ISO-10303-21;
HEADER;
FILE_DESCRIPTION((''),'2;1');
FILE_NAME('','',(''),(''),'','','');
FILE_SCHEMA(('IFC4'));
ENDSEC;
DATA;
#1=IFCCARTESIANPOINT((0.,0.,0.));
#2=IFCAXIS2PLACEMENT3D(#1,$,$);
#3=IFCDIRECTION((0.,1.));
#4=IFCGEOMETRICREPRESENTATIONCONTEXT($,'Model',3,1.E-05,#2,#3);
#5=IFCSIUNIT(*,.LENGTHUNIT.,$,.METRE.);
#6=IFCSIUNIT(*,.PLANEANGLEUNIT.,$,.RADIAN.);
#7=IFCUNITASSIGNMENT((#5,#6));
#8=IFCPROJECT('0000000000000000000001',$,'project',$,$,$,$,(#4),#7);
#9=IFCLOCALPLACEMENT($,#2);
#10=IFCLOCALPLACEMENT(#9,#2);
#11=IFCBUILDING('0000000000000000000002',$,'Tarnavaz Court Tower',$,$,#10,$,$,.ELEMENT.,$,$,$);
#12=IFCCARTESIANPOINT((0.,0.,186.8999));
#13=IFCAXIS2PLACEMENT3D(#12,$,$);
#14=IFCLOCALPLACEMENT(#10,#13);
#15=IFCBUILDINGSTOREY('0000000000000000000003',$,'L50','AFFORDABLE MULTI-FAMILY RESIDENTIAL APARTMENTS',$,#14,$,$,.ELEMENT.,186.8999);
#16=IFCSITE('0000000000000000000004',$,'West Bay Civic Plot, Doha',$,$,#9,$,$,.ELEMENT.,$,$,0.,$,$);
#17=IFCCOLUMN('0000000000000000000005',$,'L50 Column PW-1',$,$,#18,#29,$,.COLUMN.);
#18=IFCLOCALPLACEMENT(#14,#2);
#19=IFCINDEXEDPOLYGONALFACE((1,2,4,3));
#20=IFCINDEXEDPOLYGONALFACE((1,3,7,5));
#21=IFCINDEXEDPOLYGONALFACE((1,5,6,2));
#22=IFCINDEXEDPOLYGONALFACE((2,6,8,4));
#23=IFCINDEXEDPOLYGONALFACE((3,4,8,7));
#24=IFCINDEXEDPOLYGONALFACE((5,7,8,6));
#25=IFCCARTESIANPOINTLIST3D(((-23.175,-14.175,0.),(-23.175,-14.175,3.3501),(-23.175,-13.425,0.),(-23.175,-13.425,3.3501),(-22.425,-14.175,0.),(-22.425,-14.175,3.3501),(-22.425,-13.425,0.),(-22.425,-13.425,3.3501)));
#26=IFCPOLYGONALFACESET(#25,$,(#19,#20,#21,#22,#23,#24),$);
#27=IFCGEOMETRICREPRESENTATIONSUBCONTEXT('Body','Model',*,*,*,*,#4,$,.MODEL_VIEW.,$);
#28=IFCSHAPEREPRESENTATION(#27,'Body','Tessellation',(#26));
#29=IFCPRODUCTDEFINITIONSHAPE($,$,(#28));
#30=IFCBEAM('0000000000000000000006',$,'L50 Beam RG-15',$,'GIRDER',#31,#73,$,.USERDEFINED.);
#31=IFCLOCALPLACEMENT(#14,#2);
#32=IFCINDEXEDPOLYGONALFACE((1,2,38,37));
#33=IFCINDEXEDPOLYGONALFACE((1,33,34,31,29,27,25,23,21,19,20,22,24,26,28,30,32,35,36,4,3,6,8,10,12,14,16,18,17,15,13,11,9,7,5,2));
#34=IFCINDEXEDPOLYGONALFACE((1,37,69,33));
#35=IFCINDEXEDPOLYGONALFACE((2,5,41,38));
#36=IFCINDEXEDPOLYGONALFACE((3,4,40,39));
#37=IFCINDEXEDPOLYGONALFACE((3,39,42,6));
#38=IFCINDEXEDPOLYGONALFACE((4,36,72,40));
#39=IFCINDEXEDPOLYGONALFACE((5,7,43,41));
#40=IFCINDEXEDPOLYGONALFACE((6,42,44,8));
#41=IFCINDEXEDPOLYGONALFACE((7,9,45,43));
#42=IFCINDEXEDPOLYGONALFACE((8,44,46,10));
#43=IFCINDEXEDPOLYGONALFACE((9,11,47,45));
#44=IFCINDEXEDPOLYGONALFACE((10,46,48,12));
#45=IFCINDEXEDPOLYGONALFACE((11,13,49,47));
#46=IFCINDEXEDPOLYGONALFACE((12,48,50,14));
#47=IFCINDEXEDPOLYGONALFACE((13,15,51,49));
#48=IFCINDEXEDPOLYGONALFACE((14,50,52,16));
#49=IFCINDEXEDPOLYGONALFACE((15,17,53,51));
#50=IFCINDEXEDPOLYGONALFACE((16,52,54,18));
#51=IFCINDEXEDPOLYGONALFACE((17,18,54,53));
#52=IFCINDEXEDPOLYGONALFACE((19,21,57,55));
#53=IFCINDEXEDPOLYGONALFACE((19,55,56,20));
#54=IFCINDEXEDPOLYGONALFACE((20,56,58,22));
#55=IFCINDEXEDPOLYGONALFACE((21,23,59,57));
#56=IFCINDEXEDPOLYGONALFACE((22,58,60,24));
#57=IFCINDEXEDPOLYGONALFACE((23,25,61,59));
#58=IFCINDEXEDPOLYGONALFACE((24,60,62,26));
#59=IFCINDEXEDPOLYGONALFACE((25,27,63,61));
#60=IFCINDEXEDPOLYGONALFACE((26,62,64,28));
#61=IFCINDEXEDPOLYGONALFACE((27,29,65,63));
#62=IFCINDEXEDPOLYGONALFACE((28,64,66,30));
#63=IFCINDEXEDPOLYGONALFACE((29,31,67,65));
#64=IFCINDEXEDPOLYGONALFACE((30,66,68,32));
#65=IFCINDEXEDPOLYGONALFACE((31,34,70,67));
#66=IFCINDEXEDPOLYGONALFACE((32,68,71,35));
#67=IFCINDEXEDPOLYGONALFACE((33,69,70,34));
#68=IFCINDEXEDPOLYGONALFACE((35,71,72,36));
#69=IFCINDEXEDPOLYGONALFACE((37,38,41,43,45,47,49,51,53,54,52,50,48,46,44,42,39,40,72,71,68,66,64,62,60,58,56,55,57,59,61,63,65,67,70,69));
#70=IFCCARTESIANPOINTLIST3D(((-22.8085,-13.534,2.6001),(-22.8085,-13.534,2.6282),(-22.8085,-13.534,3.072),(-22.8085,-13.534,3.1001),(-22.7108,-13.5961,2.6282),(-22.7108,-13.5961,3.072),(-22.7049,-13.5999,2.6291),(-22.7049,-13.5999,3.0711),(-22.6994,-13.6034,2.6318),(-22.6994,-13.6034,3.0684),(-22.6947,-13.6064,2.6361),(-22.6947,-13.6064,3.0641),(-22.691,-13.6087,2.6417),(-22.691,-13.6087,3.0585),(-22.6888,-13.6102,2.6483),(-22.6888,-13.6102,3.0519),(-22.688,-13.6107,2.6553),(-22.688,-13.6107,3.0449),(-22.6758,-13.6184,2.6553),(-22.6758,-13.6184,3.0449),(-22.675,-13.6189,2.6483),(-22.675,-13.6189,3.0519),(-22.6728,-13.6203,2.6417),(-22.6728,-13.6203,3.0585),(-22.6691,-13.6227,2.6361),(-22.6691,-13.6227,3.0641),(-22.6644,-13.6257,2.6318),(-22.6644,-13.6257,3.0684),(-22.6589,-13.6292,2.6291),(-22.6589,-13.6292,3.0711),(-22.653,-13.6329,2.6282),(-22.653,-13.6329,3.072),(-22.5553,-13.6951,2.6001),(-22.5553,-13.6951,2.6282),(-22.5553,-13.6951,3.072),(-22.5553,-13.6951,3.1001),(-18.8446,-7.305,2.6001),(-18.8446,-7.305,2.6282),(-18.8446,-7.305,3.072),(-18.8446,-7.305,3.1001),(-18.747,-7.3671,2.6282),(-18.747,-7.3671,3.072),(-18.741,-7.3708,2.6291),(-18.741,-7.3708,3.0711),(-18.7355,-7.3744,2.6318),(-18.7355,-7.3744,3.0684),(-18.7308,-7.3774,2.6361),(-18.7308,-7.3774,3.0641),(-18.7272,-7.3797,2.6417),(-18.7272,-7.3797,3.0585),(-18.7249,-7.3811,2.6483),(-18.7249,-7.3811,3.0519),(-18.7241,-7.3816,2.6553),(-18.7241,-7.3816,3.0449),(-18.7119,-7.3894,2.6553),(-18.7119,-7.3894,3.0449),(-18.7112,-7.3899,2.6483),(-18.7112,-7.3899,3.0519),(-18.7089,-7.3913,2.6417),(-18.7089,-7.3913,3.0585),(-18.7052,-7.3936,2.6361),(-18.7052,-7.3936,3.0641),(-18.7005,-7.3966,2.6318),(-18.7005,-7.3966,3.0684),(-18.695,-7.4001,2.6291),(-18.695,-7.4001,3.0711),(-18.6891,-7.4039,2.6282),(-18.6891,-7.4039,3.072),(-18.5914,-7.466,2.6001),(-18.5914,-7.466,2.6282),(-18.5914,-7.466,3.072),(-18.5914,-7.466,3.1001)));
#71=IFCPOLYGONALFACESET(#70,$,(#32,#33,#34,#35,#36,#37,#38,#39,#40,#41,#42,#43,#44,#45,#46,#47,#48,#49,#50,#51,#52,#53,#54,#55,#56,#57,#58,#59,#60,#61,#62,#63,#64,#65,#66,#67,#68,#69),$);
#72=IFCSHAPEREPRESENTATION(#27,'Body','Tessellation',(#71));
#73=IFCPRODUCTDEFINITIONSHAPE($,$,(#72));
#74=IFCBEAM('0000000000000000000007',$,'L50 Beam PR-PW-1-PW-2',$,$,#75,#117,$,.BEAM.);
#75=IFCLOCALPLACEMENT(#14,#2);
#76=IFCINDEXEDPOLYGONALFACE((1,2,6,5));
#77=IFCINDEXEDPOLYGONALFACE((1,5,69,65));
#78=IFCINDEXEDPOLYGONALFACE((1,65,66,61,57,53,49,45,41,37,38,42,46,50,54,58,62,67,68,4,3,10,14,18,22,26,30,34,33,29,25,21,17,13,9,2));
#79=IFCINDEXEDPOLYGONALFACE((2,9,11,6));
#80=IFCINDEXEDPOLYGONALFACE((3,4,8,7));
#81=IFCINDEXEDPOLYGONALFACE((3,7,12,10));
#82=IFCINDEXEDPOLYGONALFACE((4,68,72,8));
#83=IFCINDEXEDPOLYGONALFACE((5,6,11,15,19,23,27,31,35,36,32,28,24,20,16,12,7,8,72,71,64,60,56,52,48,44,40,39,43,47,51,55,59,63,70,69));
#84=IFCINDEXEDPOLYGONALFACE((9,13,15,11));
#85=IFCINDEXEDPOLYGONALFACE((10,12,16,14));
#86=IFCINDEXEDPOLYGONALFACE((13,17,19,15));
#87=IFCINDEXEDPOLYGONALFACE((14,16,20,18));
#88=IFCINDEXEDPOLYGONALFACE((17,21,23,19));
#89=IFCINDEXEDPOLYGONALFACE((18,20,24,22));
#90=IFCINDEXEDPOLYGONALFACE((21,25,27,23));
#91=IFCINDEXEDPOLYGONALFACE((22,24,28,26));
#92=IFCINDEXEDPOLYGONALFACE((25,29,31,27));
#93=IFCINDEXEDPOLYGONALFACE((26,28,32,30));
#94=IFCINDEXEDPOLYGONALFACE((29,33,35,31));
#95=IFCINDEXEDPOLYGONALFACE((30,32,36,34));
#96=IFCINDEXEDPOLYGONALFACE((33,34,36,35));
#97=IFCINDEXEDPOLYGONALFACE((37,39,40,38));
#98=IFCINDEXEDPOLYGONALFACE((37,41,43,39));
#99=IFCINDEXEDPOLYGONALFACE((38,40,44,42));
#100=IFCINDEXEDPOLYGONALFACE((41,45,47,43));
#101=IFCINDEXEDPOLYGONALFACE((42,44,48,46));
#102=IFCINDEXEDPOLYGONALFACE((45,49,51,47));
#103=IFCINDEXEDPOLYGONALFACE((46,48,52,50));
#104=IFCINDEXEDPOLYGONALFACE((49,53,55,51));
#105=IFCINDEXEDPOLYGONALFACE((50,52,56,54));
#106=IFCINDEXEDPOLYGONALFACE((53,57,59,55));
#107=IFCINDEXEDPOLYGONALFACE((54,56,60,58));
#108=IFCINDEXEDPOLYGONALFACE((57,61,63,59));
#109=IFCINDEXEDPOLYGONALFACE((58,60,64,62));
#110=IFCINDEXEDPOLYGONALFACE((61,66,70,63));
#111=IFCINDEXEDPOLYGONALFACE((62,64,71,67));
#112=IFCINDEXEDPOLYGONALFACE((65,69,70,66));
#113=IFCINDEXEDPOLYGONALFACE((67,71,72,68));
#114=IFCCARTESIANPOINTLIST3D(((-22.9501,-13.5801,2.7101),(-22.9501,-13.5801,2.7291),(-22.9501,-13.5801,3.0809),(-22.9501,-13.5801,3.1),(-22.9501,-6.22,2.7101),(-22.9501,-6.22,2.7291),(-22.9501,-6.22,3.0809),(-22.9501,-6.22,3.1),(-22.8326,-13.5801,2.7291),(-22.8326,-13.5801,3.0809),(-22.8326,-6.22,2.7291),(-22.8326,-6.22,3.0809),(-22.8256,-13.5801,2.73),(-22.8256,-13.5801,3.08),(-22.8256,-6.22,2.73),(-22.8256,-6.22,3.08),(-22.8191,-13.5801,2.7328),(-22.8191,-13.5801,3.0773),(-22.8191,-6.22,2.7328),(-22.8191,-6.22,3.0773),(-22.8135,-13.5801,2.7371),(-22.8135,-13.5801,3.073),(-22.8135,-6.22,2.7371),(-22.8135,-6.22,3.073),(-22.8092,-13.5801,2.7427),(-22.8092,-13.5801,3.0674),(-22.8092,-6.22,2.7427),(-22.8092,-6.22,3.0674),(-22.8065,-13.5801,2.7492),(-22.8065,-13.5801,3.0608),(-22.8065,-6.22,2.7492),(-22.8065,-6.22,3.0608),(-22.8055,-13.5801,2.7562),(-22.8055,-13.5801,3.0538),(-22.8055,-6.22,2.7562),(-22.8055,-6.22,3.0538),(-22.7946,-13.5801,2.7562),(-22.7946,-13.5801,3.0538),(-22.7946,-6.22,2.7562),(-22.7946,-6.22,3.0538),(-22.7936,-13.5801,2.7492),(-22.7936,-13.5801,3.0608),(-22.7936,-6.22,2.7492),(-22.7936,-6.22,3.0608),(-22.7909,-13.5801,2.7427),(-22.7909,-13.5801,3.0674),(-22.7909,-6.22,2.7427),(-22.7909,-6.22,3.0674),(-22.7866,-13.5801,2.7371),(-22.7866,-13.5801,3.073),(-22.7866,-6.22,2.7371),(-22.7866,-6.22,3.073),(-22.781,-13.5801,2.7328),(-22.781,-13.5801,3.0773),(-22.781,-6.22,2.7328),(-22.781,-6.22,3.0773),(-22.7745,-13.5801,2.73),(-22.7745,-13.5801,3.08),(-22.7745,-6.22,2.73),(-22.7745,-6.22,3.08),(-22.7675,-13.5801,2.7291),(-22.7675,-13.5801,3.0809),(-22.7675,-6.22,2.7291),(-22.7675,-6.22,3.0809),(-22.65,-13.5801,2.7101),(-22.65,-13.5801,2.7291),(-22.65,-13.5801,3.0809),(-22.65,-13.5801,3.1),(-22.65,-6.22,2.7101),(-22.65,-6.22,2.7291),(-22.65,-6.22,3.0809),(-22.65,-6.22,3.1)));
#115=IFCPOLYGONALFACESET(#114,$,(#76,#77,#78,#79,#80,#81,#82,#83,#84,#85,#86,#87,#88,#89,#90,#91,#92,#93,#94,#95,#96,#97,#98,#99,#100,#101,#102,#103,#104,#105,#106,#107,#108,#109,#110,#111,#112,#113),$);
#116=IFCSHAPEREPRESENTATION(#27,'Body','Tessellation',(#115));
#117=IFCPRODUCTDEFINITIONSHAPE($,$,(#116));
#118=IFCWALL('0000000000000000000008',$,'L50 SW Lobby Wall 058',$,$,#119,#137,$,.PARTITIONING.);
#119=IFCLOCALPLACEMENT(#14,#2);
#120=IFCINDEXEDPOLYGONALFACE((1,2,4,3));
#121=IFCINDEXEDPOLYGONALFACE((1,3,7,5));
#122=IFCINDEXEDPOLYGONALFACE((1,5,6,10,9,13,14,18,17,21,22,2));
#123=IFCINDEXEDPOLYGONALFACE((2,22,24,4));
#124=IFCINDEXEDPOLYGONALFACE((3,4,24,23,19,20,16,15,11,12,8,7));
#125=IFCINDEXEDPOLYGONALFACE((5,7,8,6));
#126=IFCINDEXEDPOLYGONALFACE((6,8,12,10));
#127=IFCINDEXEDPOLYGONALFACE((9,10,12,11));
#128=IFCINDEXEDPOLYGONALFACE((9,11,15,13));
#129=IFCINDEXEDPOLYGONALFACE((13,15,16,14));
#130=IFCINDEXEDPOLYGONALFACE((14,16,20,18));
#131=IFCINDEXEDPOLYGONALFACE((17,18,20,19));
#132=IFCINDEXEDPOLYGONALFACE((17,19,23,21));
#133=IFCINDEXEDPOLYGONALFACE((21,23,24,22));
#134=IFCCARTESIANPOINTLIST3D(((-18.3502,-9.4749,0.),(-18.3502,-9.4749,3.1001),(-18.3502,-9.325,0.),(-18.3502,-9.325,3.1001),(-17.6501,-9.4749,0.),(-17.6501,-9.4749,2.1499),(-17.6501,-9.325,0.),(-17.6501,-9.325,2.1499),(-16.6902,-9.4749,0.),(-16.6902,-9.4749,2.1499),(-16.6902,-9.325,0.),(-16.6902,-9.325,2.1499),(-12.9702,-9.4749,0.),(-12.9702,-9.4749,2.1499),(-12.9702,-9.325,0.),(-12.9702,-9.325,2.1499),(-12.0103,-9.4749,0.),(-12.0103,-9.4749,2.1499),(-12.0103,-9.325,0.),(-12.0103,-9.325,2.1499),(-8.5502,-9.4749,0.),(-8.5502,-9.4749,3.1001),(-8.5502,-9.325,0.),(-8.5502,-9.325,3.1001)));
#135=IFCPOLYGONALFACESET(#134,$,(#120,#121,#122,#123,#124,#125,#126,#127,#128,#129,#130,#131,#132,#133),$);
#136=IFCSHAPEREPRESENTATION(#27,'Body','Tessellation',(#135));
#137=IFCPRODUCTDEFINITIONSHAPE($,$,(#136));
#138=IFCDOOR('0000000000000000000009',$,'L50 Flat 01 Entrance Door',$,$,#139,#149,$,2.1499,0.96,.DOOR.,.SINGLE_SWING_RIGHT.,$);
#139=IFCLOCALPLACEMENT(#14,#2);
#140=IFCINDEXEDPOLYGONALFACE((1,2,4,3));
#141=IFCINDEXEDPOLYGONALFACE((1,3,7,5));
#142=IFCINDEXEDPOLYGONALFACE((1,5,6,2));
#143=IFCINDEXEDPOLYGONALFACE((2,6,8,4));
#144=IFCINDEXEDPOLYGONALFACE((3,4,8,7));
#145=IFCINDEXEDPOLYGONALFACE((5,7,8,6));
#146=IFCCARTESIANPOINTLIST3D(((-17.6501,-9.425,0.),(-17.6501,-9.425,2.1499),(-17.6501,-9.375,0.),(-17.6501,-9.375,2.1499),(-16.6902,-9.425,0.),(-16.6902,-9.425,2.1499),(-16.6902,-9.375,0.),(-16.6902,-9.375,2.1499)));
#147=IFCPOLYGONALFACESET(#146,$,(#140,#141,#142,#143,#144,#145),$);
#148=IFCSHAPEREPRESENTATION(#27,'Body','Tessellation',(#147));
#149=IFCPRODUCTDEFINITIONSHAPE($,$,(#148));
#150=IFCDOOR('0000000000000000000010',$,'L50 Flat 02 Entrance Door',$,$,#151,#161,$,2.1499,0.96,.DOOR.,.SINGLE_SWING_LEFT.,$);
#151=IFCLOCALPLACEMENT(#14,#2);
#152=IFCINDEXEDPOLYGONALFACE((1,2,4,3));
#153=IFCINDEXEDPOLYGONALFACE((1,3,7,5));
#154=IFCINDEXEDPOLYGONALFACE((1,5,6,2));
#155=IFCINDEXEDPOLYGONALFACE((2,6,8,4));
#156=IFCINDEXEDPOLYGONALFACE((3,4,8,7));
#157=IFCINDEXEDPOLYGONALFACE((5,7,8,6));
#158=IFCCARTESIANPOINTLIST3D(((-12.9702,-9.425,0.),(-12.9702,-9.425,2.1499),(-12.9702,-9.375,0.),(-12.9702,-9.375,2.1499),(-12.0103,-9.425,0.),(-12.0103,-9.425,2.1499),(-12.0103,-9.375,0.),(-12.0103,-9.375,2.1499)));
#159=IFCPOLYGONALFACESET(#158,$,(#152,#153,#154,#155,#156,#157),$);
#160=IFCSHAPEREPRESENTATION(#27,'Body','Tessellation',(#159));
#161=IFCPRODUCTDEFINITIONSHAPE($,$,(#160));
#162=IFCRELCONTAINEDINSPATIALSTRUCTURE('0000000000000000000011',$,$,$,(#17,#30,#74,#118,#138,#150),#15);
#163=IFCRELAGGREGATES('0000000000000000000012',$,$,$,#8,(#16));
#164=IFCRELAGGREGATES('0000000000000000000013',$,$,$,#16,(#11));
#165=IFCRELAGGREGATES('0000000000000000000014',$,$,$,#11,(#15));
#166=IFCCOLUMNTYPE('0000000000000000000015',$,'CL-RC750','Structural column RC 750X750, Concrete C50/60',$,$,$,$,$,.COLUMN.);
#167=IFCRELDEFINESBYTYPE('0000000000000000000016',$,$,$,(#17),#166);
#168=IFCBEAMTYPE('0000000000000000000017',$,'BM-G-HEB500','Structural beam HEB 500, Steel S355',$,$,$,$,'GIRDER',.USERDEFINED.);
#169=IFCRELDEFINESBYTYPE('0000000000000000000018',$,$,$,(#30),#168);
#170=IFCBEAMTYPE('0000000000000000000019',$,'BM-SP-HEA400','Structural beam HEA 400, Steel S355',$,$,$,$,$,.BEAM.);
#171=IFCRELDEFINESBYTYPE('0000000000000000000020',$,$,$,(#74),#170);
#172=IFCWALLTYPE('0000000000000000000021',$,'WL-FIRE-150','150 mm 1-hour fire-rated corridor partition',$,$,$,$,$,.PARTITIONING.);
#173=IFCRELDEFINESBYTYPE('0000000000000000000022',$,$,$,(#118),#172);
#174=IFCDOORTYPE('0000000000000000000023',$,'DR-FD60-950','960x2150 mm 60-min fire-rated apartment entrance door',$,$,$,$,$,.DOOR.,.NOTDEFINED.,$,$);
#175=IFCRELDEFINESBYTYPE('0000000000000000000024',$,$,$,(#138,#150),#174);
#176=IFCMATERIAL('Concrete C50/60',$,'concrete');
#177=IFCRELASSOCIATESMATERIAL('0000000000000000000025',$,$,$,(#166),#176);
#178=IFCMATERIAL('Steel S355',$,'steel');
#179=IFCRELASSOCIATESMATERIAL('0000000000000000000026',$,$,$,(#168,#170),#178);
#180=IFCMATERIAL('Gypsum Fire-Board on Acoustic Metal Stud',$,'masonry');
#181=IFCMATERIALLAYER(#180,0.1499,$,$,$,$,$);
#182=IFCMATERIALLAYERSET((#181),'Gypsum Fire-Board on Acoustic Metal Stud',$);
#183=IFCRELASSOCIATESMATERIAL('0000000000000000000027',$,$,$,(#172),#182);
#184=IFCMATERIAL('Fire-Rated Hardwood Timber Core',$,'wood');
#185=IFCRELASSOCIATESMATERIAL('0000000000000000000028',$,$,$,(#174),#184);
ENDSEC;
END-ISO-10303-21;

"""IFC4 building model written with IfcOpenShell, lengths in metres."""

from ifc_helpers import new_model, si_unit, direction, frame, frame_2d, origin, origin_2d, place, context, subcontext, project, spatial, rectangle, i_section, extrude, material, layer, layer_set, material_profile, profile_set, type_object, element, fill, save


model = new_model("IFC4")

# Units and contexts
model_context = context("Model", 3, precision=1e-05, world=origin(), true_north=direction((0.0, 1.0)))
body_context = subcontext(model_context, "Body", "Model", "MODEL_VIEW")
ifc_project = project(units=[si_unit("LENGTHUNIT", "METRE"), si_unit("PLANEANGLEUNIT", "RADIAN")], contexts=[model_context])

# Site, building, storey
site_placement = place(None, origin())
site = spatial("IfcSite", under=ifc_project, at=site_placement, Name="West Bay Civic Plot, Doha", CompositionType="ELEMENT", RefElevation=0.0)
building_placement = place(site_placement, origin())
building = spatial("IfcBuilding", under=site, at=building_placement, Name="Tarnavaz Court Tower", CompositionType="ELEMENT")
storey_placement = place(building_placement, frame((0.0, 0.0, 186.8999)))
storey = spatial("IfcBuildingStorey", under=building, at=storey_placement, Name="L50", Description="AFFORDABLE MULTI-FAMILY RESIDENTIAL APARTMENTS", CompositionType="ELEMENT", Elevation=186.8999)

# Column
ifc_material_1 = material(Name="Concrete C50/60", Category="concrete")
ifc_material_profile_1 = material_profile(ifc_material_1, rectangle(XDim=0.75, YDim=0.75, at=origin_2d()), Name="RC 750X750")
ifc_profile_set_1 = profile_set([ifc_material_profile_1], Name="Concrete C50/60")
column_type = type_object("IfcColumnType", Name="CL-RC750", Description="Structural column RC 750X750, Concrete C50/60", PredefinedType="COLUMN", material=ifc_profile_set_1)
column_placement = place(storey_placement, frame((-22.8, -13.8, 0.0), z_axis=(0.0, 0.0, 1.0), x_axis=(1.0, 0.0, 0.0)))
element("IfcColumn", 1, at=column_placement, inside=storey, type_object=column_type, Name="L50 Column PW-1", PredefinedType="COLUMN", context=body_context, shape_type="SweptSolid", body=[
    extrude(rectangle(XDim=0.75, YDim=0.75, at=origin_2d()), origin(), (0.0, 0.0, 1.0), 3.3501),
])

# Beams
ifc_material_2 = material(Name="Steel S355", Category="steel")
ifc_material_profile_2 = material_profile(ifc_material_2, i_section(OverallWidth=0.3, OverallDepth=0.5, WebThickness=0.0144, FlangeThickness=0.0281, FilletRadius=0.0271, at=origin_2d()), Name="HEB 500")
ifc_profile_set_2 = profile_set([ifc_material_profile_2], Name="Steel S355")
beam_type_1 = type_object("IfcBeamType", Name="BM-G-HEB500", Description="Structural beam HEB 500, Steel S355", ElementType="GIRDER", PredefinedType="USERDEFINED", material=ifc_profile_set_2)
beam_1_placement = place(storey_placement, frame((-18.718, -7.3855, 2.8501), z_axis=(-0.536871, -0.843664, 0.0), x_axis=(0.843664, -0.536871, 0.0)))
element("IfcBeam", 2, at=beam_1_placement, inside=storey, type_object=beam_type_1, Name="L50 Beam RG-15", ObjectType="GIRDER", PredefinedType="USERDEFINED", context=body_context, shape_type="SweptSolid", body=[
    extrude(i_section(OverallWidth=0.3, OverallDepth=0.5, WebThickness=0.0144, FlangeThickness=0.0281, FilletRadius=0.0271, at=origin_2d()), origin(), (0.0, 0.0, 1.0), 7.3833),
])
ifc_material_profile_3 = material_profile(ifc_material_2, i_section(OverallWidth=0.3, OverallDepth=0.3899, WebThickness=0.011, FlangeThickness=0.019, FilletRadius=0.0271, at=origin_2d()), Name="HEA 400")
ifc_profile_set_3 = profile_set([ifc_material_profile_3], Name="Steel S355")
beam_type_2 = type_object("IfcBeamType", Name="BM-SP-HEA400", Description="Structural beam HEA 400, Steel S355", PredefinedType="BEAM", material=ifc_profile_set_3)
beam_2_placement = place(storey_placement, frame((-22.8, -13.5801, 2.905), z_axis=(0.0, 1.0, 0.0), x_axis=(-1.0, 0.0, 0.0)))
element("IfcBeam", 3, at=beam_2_placement, inside=storey, type_object=beam_type_2, Name="L50 Beam PR-PW-1-PW-2", PredefinedType="BEAM", context=body_context, shape_type="SweptSolid", body=[
    extrude(i_section(OverallWidth=0.3, OverallDepth=0.3899, WebThickness=0.011, FlangeThickness=0.019, FilletRadius=0.0271, at=origin_2d()), origin(), (0.0, 0.0, 1.0), 7.3601),
])

# Wall, openings, doors
ifc_material_3 = material(Name="Gypsum Fire-Board on Acoustic Metal Stud", Category="masonry")
ifc_layer_1 = layer(ifc_material_3, 0.1499)
ifc_layer_set_1 = layer_set([ifc_layer_1], Name="Gypsum Fire-Board on Acoustic Metal Stud")
wall_type_1 = type_object("IfcWallType", Name="WL-FIRE-150", Description="150 mm 1-hour fire-rated corridor partition", PredefinedType="PARTITIONING", material=ifc_layer_set_1)
wall_1_placement = place(storey_placement, frame((-18.3501, -9.3999, 0.0), z_axis=(0.0, 0.0, 1.0), x_axis=(1.0, 0.0, 0.0)))
wall_1 = element("IfcWall", 4, at=wall_1_placement, inside=storey, type_object=wall_type_1, Name="L50 SW Lobby Wall 058", PredefinedType="PARTITIONING", context=body_context, shape_type="SweptSolid", body=[
    extrude(rectangle(XDim=9.8, YDim=0.1499, at=frame_2d((4.8999, 0.0))), origin(), (0.0, 0.0, 1.0), 3.1001),
])
opening_1_placement = place(wall_1_placement, frame((0.7, 0.0, 0.0)))
opening_1 = element("IfcOpeningElement", 5, at=opening_1_placement, cuts=wall_1, PredefinedType="OPENING", context=body_context, shape_type="SweptSolid", body=[
    extrude(rectangle(XDim=0.96, YDim=2.1499, at=frame_2d((0.48, 1.075))), frame((0.0, 0.085, 0.0), z_axis=(0.0, -1.0, 0.0), x_axis=(1.0, 0.0, 0.0)), (0.0, 0.0, 1.0), 0.1699),
])
opening_2_placement = place(wall_1_placement, frame((5.3799, 0.0, 0.0)))
opening_2 = element("IfcOpeningElement", 6, at=opening_2_placement, cuts=wall_1, PredefinedType="OPENING", context=body_context, shape_type="SweptSolid", body=[
    extrude(rectangle(XDim=0.96, YDim=2.1499, at=frame_2d((0.48, 1.075))), frame((0.0, 0.085, 0.0), z_axis=(0.0, -1.0, 0.0), x_axis=(1.0, 0.0, 0.0)), (0.0, 0.0, 1.0), 0.1699),
])
ifc_material_4 = material(Name="Fire-Rated Hardwood Timber Core", Category="wood")
door_type_1 = type_object("IfcDoorType", Name="DR-FD60-950", Description="960x2150 mm 60-min fire-rated apartment entrance door", OperationType="NOTDEFINED", PredefinedType="DOOR", material=ifc_material_4)
door_1_placement = place(opening_1_placement, origin())
door_1 = element("IfcDoor", 7, at=door_1_placement, inside=storey, type_object=door_type_1, Name="L50 Flat 01 Entrance Door", OperationType="SINGLE_SWING_RIGHT", OverallHeight=2.1499, OverallWidth=0.96, PredefinedType="DOOR", context=body_context, shape_type="SweptSolid", body=[
    extrude(rectangle(XDim=0.96, YDim=2.1499, at=frame_2d((0.48, 1.075))), frame((0.0, 0.0249, 0.0), z_axis=(0.0, -1.0, 0.0), x_axis=(1.0, 0.0, 0.0)), (0.0, 0.0, 1.0), 0.05),
])
fill(opening_1, door_1)
door_2_placement = place(opening_2_placement, origin())
door_2 = element("IfcDoor", 8, at=door_2_placement, inside=storey, type_object=door_type_1, Name="L50 Flat 02 Entrance Door", OperationType="SINGLE_SWING_LEFT", OverallHeight=2.1499, OverallWidth=0.96, PredefinedType="DOOR", context=body_context, shape_type="SweptSolid", body=[
    extrude(rectangle(XDim=0.96, YDim=2.1499, at=frame_2d((0.48, 1.075))), frame((0.0, 0.0249, 0.0), z_axis=(0.0, -1.0, 0.0), x_axis=(1.0, 0.0, 0.0)), (0.0, 0.0, 1.0), 0.05),
])
fill(opening_2, door_2)

save(model, "model.ifc")
